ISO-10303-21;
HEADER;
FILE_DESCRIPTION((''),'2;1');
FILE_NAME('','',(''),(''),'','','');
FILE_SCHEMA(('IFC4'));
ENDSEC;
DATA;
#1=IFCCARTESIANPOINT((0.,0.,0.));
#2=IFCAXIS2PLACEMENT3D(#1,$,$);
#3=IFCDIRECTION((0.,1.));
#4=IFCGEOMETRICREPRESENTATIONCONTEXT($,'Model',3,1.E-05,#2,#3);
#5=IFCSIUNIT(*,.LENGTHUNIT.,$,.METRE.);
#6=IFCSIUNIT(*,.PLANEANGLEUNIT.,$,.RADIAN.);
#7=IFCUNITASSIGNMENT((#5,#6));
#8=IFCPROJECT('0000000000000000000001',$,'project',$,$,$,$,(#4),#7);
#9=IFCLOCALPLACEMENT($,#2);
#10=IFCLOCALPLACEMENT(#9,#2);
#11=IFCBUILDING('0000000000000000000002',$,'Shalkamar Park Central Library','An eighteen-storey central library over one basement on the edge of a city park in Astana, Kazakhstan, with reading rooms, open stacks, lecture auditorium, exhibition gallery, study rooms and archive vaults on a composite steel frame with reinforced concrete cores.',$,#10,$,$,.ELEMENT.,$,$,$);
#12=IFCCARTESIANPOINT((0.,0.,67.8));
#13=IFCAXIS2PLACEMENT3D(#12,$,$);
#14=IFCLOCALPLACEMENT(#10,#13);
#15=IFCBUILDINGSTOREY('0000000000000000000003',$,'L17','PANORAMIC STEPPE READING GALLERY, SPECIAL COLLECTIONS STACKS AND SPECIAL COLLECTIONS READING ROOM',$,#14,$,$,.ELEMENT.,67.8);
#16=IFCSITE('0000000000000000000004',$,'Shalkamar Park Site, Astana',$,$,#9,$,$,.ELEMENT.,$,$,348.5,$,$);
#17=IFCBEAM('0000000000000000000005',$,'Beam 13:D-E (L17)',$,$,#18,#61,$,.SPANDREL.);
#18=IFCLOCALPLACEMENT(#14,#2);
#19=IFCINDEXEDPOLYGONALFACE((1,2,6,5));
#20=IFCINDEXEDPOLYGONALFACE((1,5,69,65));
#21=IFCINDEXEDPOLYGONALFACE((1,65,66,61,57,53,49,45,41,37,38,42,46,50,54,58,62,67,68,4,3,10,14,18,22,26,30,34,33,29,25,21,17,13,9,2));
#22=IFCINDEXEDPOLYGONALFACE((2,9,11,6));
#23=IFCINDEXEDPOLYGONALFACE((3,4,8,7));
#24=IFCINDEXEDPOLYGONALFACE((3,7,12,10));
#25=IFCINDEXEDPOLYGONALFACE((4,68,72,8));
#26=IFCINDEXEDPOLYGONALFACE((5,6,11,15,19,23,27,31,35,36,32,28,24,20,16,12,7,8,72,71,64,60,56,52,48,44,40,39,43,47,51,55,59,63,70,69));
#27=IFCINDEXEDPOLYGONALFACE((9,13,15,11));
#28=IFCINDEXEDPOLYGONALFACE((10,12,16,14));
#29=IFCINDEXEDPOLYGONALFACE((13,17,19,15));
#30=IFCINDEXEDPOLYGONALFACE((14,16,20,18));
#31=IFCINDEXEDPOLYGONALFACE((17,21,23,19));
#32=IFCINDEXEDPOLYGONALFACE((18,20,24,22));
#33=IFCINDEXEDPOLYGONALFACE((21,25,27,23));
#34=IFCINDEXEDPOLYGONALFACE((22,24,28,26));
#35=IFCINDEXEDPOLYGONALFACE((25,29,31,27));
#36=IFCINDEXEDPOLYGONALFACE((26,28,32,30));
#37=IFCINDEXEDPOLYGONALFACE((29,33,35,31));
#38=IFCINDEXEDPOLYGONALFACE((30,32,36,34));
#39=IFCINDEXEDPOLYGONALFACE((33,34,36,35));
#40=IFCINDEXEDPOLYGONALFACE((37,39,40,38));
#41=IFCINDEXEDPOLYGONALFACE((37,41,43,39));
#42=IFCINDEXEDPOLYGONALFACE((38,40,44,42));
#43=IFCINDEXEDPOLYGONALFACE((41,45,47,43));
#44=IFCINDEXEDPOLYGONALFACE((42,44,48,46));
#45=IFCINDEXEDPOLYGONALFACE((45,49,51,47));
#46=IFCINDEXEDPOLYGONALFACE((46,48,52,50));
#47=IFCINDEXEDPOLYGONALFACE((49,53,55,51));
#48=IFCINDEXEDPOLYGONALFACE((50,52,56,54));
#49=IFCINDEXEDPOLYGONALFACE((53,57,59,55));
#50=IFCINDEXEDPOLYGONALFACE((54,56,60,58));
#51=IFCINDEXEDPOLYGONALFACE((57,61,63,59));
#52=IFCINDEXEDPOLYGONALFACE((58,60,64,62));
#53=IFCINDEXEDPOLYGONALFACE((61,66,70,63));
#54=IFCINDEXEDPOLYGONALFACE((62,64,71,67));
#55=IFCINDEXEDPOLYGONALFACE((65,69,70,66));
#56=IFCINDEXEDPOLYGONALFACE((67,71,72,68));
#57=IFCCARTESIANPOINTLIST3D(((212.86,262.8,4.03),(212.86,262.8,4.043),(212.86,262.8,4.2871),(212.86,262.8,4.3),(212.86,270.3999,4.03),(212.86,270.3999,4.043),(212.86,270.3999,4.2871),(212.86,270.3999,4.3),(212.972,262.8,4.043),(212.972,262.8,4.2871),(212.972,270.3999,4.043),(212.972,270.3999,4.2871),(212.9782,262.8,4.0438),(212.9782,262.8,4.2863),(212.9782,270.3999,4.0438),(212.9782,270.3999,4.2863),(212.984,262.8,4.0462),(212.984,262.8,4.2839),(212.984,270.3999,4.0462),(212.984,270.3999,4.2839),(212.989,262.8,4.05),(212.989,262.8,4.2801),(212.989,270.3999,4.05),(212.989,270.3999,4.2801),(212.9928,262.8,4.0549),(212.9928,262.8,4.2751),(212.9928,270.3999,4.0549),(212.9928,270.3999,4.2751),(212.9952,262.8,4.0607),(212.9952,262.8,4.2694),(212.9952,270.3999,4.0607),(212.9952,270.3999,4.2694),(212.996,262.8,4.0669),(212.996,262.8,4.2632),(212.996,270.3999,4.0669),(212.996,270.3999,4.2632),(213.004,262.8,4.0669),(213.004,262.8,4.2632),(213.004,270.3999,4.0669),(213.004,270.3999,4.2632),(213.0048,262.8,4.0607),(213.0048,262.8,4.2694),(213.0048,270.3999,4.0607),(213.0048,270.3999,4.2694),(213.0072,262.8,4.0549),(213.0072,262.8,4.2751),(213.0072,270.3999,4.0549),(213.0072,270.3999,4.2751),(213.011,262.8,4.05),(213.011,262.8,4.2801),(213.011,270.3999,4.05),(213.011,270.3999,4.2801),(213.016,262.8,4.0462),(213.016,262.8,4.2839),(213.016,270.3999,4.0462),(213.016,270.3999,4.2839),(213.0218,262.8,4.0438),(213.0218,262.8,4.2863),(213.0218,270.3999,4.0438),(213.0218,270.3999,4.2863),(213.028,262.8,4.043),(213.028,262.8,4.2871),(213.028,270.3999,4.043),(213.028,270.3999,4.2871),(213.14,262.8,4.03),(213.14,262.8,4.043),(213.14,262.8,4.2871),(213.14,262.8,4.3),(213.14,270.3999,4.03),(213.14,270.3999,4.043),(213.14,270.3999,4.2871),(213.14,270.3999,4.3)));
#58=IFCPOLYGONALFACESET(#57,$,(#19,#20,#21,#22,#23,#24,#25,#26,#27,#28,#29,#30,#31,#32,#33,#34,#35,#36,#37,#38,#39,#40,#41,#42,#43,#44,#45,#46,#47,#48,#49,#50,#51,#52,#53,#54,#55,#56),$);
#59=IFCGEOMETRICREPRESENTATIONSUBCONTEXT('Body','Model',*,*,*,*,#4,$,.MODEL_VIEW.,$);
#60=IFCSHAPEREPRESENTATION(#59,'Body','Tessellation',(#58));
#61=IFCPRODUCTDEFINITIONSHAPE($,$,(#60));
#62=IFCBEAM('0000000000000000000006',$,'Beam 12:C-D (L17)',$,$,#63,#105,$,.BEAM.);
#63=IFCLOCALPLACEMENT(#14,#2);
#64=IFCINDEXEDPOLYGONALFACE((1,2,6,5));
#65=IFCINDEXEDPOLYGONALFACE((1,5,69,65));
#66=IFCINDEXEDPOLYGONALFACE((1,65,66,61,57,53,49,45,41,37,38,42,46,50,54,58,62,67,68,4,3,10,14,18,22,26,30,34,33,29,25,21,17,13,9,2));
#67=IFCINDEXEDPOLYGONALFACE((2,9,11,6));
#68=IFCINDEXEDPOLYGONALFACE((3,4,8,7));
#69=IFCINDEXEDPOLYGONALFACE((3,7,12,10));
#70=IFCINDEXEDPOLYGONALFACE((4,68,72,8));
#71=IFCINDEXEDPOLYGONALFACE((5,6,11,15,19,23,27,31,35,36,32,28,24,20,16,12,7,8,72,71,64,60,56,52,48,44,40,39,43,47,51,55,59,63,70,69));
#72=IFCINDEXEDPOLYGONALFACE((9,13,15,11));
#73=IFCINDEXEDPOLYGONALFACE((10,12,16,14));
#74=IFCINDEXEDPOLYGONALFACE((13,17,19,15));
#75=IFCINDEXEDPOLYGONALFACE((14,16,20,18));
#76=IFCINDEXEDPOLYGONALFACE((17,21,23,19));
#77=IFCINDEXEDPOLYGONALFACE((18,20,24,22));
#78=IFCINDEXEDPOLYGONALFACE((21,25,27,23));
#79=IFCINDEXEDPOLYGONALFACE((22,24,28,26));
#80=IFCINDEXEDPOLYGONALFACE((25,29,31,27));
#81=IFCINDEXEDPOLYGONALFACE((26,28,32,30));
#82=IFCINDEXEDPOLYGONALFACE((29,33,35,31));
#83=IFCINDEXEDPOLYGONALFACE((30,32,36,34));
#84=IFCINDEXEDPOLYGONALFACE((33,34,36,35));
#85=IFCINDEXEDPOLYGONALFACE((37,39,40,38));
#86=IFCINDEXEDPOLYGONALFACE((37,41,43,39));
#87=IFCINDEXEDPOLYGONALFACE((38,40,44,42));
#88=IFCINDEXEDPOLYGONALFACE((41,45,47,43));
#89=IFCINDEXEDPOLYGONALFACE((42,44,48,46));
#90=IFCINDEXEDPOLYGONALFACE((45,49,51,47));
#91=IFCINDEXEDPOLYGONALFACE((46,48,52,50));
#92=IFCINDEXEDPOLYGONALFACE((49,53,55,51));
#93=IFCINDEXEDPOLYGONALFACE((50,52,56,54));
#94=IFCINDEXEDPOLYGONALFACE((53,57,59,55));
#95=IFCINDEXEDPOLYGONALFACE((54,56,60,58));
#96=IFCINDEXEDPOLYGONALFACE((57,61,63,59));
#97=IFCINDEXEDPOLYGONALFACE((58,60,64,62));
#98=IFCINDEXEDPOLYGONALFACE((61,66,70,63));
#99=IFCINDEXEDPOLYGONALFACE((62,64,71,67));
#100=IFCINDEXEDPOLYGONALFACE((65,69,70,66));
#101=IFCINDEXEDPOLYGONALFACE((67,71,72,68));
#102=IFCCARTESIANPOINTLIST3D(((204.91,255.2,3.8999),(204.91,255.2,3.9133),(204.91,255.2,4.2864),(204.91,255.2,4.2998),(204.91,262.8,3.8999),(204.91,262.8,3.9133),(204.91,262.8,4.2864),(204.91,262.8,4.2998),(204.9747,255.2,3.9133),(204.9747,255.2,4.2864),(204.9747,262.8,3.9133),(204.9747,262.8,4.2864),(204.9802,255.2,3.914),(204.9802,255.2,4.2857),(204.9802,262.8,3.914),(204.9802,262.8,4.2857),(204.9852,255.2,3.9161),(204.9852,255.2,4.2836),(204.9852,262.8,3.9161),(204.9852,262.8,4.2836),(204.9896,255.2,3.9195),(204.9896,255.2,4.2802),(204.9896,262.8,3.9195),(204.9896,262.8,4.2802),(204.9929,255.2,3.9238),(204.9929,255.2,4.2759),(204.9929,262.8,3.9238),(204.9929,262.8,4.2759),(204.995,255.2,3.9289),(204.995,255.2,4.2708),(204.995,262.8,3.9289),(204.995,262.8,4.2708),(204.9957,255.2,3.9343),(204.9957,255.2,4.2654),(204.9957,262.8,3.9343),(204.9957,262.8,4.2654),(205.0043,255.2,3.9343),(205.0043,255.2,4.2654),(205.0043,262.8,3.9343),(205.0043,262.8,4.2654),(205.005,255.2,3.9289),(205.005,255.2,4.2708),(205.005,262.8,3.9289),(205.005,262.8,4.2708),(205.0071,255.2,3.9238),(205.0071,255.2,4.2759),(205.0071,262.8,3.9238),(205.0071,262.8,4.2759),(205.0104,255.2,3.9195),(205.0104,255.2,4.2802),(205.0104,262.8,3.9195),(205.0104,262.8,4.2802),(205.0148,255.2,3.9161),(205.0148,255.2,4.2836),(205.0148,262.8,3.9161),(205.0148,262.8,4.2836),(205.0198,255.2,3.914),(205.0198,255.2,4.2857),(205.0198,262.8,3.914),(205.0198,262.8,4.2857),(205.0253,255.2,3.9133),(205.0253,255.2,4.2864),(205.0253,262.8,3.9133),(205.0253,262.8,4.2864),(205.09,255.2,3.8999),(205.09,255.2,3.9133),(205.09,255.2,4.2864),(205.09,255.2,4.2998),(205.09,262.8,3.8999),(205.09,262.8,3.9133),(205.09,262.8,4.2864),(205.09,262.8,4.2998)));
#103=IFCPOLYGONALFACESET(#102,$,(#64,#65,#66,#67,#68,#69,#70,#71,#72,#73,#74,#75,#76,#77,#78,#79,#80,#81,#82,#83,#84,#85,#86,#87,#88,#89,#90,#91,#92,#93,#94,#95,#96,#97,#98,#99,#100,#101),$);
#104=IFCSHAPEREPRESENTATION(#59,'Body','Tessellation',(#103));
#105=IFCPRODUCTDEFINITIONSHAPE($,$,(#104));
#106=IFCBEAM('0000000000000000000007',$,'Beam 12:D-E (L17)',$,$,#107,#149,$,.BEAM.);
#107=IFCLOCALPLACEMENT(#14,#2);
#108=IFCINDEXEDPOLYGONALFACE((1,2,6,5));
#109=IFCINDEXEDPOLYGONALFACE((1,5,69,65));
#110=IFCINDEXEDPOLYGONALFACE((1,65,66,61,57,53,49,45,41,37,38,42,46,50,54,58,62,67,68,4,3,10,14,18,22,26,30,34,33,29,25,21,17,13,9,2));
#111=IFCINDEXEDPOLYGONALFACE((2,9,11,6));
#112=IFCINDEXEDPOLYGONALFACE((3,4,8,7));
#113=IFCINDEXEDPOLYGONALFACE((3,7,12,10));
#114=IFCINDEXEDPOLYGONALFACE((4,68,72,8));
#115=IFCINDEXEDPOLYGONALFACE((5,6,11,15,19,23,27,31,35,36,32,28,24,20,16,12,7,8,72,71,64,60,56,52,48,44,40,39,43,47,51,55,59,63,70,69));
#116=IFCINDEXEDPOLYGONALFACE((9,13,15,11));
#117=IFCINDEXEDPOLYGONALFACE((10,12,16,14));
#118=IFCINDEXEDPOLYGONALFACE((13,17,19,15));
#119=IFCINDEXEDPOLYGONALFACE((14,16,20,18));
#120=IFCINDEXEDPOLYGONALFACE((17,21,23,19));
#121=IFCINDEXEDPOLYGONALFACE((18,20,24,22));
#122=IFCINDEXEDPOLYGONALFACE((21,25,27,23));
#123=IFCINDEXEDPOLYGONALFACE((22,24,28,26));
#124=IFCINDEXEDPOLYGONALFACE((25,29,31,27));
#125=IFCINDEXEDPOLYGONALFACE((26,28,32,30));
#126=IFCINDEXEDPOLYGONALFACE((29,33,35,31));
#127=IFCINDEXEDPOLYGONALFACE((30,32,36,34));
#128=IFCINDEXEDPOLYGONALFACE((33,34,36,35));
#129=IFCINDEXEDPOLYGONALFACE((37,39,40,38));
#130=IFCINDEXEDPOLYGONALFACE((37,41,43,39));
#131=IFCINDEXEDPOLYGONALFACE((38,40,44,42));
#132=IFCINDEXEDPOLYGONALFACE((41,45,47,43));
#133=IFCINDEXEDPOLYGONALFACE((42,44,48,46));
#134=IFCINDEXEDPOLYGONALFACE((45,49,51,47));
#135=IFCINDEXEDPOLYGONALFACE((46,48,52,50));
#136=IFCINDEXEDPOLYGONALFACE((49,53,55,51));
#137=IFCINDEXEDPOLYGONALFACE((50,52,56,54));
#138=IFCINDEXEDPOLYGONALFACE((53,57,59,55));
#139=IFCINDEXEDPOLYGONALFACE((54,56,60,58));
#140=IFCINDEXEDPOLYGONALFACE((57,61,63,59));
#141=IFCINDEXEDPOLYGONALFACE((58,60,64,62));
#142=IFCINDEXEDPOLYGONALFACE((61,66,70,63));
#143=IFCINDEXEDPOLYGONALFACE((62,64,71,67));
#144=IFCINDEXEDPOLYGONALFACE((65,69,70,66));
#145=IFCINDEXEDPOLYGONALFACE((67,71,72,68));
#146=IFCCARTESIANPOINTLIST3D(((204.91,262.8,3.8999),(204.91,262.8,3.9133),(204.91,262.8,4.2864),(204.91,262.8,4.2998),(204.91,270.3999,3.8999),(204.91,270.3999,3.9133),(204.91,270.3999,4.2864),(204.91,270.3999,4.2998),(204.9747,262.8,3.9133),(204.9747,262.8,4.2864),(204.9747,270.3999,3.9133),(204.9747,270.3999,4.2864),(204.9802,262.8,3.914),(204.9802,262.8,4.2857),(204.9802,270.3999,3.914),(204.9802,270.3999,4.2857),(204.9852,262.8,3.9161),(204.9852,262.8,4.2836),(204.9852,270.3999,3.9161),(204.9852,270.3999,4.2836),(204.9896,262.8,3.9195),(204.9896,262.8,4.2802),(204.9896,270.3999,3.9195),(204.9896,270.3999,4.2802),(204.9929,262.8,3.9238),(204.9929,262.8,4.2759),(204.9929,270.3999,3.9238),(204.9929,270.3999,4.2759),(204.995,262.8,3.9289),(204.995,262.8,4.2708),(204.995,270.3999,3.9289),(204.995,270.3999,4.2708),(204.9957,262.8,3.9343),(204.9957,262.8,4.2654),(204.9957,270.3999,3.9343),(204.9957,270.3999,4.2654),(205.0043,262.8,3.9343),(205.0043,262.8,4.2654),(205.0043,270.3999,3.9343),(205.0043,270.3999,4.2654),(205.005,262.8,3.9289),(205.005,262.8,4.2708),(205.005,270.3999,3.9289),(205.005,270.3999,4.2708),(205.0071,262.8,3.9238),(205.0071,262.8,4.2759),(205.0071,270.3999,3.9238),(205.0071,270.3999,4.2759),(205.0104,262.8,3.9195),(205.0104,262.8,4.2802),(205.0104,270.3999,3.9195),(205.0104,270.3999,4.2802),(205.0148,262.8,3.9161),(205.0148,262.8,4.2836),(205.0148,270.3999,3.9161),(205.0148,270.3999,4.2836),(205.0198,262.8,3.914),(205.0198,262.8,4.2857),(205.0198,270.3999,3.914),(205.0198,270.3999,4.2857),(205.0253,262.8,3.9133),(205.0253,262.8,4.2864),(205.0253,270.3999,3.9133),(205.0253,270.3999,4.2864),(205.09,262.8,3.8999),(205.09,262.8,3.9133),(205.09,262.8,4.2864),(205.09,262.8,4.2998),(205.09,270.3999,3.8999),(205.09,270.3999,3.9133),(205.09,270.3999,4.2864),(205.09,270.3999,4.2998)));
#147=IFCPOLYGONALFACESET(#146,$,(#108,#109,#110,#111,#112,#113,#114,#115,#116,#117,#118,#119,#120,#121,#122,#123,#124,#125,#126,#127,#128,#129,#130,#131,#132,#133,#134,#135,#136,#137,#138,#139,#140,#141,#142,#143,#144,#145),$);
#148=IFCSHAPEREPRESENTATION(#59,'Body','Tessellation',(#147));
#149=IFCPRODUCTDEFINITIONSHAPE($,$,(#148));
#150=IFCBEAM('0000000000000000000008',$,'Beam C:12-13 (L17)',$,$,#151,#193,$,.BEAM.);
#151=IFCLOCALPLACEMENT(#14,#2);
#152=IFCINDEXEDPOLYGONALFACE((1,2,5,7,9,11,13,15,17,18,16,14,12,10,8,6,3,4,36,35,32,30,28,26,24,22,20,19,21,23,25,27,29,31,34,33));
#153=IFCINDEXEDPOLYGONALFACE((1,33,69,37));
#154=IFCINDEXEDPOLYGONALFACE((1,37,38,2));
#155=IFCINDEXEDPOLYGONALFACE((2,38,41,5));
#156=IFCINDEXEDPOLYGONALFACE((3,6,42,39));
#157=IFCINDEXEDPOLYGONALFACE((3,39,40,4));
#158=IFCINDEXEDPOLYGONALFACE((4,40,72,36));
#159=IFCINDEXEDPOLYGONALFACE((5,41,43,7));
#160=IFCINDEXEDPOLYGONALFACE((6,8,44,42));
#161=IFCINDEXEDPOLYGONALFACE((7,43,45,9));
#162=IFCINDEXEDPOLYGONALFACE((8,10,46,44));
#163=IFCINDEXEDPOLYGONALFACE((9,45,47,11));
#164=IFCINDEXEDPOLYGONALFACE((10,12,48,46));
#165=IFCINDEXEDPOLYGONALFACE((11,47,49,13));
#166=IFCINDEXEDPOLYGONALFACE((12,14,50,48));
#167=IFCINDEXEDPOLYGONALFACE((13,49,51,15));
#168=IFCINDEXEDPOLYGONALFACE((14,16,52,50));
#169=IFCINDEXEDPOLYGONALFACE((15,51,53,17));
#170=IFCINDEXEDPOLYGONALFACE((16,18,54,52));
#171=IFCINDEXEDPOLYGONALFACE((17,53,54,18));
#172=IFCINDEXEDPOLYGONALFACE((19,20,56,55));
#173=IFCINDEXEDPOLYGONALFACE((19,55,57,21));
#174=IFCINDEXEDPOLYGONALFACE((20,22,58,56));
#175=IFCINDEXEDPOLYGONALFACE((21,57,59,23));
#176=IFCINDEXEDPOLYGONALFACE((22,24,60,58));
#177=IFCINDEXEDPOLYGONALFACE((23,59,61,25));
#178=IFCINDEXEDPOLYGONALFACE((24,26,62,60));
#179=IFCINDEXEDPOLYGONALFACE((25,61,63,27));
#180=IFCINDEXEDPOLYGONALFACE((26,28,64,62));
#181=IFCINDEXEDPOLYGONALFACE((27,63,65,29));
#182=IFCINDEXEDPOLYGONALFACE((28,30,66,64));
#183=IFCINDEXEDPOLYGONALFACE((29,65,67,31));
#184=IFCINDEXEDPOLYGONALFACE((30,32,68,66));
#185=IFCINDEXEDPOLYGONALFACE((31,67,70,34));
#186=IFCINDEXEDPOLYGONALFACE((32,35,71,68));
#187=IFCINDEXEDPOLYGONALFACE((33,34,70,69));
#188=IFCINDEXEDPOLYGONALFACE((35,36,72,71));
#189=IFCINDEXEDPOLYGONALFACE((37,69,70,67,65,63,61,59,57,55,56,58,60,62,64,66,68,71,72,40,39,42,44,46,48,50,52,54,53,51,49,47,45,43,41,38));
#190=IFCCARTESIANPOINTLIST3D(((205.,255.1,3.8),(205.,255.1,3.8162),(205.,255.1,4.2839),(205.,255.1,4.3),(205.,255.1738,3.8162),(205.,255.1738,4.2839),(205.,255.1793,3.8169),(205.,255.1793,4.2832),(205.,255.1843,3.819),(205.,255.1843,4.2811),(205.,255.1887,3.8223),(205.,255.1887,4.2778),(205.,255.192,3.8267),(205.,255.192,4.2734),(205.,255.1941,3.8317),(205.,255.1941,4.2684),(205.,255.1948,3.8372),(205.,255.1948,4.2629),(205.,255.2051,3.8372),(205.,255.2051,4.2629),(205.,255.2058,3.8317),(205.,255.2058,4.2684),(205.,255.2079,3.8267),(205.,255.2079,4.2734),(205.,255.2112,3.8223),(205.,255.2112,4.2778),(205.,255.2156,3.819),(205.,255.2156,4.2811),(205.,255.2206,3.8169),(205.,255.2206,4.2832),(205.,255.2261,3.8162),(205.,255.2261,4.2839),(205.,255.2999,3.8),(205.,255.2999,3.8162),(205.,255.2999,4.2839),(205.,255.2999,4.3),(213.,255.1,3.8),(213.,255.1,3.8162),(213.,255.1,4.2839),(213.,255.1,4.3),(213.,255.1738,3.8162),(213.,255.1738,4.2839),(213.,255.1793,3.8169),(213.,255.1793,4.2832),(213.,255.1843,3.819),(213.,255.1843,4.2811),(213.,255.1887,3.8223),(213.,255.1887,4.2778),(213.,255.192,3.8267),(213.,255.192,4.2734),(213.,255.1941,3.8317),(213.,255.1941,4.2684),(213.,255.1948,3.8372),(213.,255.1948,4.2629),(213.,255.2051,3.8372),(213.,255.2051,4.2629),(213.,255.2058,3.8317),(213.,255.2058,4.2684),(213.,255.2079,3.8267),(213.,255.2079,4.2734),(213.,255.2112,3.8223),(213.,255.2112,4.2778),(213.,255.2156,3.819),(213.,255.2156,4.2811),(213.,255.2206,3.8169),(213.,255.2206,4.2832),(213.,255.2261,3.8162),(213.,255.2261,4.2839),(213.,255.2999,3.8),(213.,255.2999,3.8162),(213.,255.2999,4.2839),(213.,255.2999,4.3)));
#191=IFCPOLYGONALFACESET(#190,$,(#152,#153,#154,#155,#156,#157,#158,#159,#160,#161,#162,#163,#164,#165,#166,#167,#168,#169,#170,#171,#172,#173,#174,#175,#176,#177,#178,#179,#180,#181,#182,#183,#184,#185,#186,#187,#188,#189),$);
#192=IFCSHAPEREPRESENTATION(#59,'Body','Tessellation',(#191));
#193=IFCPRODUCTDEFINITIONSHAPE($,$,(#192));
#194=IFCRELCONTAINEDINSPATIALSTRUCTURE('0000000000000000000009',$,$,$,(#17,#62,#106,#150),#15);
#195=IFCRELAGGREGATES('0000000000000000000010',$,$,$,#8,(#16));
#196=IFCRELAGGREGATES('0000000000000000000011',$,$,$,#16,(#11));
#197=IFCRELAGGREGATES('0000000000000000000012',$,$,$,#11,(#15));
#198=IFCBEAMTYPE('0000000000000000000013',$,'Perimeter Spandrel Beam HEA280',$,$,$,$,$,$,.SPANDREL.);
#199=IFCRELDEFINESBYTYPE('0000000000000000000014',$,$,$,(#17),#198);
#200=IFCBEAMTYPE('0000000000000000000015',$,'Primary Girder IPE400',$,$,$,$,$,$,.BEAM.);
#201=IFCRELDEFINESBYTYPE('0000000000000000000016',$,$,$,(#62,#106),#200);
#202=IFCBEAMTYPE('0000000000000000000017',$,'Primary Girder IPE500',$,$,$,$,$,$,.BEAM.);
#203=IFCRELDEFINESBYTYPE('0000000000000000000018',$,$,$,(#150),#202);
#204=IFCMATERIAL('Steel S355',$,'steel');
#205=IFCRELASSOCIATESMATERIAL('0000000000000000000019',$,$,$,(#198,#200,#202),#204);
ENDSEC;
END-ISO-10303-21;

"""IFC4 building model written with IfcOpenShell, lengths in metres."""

from ifc_helpers import new_model, si_unit, direction, frame, origin, origin_2d, place, context, subcontext, project, spatial, i_section, extrude, material, material_profile, profile_set, type_object, element, save


model = new_model("IFC4")

# Units and contexts
model_context = context("Model", 3, precision=1e-05, world=origin(), true_north=direction((0.0, 1.0)))
body_context = subcontext(model_context, "Body", "Model", "MODEL_VIEW")
ifc_project = project(units=[si_unit("LENGTHUNIT", "METRE"), si_unit("PLANEANGLEUNIT", "RADIAN")], contexts=[model_context])

# Site, building, storey
site_placement = place(None, origin())
site = spatial("IfcSite", under=ifc_project, at=site_placement, Name="Shalkamar Park Site, Astana", CompositionType="ELEMENT", RefElevation=348.5)
building_placement = place(site_placement, origin())
building = spatial("IfcBuilding", under=site, at=building_placement, Name="Shalkamar Park Central Library", Description="An eighteen-storey central library over one basement on the edge of a city park in Astana, Kazakhstan, with reading rooms, open stacks, lecture auditorium, exhibition gallery, study rooms and archive vaults on a composite steel frame with reinforced concrete cores.", CompositionType="ELEMENT")
storey_placement = place(building_placement, frame((0.0, 0.0, 67.8)))
storey = spatial("IfcBuildingStorey", under=building, at=storey_placement, Name="L17", Description="PANORAMIC STEPPE READING GALLERY, SPECIAL COLLECTIONS STACKS AND SPECIAL COLLECTIONS READING ROOM", CompositionType="ELEMENT", Elevation=67.8)

# Shared definitions
ifc_material_1 = material(Name="Steel S355", Category="steel")

# Beams
ifc_material_profile_1 = material_profile(ifc_material_1, i_section(OverallWidth=0.28, OverallDepth=0.27, WebThickness=0.0081, FlangeThickness=0.0129, FilletRadius=0.0239, at=origin_2d()), Name="HEA 280")
ifc_profile_set_1 = profile_set([ifc_material_profile_1], Name="Steel S355")
beam_type_1 = type_object("IfcBeamType", Name="Perimeter Spandrel Beam HEA280", PredefinedType="SPANDREL", material=ifc_profile_set_1)
beam_1_placement = place(storey_placement, frame((213.0, 262.8, 4.165), z_axis=(0.0, 1.0, 0.0), x_axis=(-1.0, 0.0, 0.0)))
element("IfcBeam", 1, at=beam_1_placement, inside=storey, type_object=beam_type_1, Name="Beam 13:D-E (L17)", PredefinedType="SPANDREL", context=body_context, shape_type="SweptSolid", body=[
    extrude(i_section(OverallWidth=0.28, OverallDepth=0.27, WebThickness=0.0081, FlangeThickness=0.0129, FilletRadius=0.0239, at=origin_2d()), origin(), (0.0, 0.0, 1.0), 7.5999),
])
ifc_material_profile_2 = material_profile(ifc_material_1, i_section(OverallWidth=0.1799, OverallDepth=0.3999, WebThickness=0.0085, FlangeThickness=0.0134, FilletRadius=0.021, at=origin_2d()), Name="IPE 400")
ifc_profile_set_2 = profile_set([ifc_material_profile_2], Name="Steel S355")
beam_type_2 = type_object("IfcBeamType", Name="Primary Girder IPE400", PredefinedType="BEAM", material=ifc_profile_set_2)
beam_2_placement = place(storey_placement, frame((205.0, 255.2, 4.0999), z_axis=(0.0, 1.0, 0.0), x_axis=(-1.0, 0.0, 0.0)))
element("IfcBeam", 2, at=beam_2_placement, inside=storey, type_object=beam_type_2, Name="Beam 12:C-D (L17)", PredefinedType="BEAM", context=body_context, shape_type="SweptSolid", body=[
    extrude(i_section(OverallWidth=0.1799, OverallDepth=0.3999, WebThickness=0.0085, FlangeThickness=0.0134, FilletRadius=0.021, at=origin_2d()), origin(), (0.0, 0.0, 1.0), 7.6001),
])
beam_3_placement = place(storey_placement, frame((205.0, 262.8, 4.0999), z_axis=(0.0, 1.0, 0.0), x_axis=(-1.0, 0.0, 0.0)))
element("IfcBeam", 3, at=beam_3_placement, inside=storey, type_object=beam_type_2, Name="Beam 12:D-E (L17)", PredefinedType="BEAM", context=body_context, shape_type="SweptSolid", body=[
    extrude(i_section(OverallWidth=0.1799, OverallDepth=0.3999, WebThickness=0.0085, FlangeThickness=0.0134, FilletRadius=0.021, at=origin_2d()), origin(), (0.0, 0.0, 1.0), 7.5999),
])
ifc_material_profile_3 = material_profile(ifc_material_1, i_section(OverallWidth=0.2, OverallDepth=0.5, WebThickness=0.0103, FlangeThickness=0.0161, FilletRadius=0.021, at=origin_2d()), Name="IPE 500")
ifc_profile_set_3 = profile_set([ifc_material_profile_3], Name="Steel S355")
beam_type_3 = type_object("IfcBeamType", Name="Primary Girder IPE500", PredefinedType="BEAM", material=ifc_profile_set_3)
for number, where, z_axis, x_axis, name in (
    (4, (205.0, 255.2, 4.05), (1.0, 0.0, 0.0), (0.0, 1.0, 0.0), "Beam C:12-13 (L17)"),
):
    element("IfcBeam", number, at=place(storey_placement, frame(where, z_axis=z_axis, x_axis=x_axis)), inside=storey, type_object=beam_type_3, Name=name, PredefinedType="BEAM", context=body_context, shape_type="SweptSolid", body=[
        extrude(i_section(OverallWidth=0.2, OverallDepth=0.5, WebThickness=0.0103, FlangeThickness=0.0161, FilletRadius=0.021, at=origin_2d()), origin(), (0.0, 0.0, 1.0), 8.0),
    ])

save(model, "model.ifc")
